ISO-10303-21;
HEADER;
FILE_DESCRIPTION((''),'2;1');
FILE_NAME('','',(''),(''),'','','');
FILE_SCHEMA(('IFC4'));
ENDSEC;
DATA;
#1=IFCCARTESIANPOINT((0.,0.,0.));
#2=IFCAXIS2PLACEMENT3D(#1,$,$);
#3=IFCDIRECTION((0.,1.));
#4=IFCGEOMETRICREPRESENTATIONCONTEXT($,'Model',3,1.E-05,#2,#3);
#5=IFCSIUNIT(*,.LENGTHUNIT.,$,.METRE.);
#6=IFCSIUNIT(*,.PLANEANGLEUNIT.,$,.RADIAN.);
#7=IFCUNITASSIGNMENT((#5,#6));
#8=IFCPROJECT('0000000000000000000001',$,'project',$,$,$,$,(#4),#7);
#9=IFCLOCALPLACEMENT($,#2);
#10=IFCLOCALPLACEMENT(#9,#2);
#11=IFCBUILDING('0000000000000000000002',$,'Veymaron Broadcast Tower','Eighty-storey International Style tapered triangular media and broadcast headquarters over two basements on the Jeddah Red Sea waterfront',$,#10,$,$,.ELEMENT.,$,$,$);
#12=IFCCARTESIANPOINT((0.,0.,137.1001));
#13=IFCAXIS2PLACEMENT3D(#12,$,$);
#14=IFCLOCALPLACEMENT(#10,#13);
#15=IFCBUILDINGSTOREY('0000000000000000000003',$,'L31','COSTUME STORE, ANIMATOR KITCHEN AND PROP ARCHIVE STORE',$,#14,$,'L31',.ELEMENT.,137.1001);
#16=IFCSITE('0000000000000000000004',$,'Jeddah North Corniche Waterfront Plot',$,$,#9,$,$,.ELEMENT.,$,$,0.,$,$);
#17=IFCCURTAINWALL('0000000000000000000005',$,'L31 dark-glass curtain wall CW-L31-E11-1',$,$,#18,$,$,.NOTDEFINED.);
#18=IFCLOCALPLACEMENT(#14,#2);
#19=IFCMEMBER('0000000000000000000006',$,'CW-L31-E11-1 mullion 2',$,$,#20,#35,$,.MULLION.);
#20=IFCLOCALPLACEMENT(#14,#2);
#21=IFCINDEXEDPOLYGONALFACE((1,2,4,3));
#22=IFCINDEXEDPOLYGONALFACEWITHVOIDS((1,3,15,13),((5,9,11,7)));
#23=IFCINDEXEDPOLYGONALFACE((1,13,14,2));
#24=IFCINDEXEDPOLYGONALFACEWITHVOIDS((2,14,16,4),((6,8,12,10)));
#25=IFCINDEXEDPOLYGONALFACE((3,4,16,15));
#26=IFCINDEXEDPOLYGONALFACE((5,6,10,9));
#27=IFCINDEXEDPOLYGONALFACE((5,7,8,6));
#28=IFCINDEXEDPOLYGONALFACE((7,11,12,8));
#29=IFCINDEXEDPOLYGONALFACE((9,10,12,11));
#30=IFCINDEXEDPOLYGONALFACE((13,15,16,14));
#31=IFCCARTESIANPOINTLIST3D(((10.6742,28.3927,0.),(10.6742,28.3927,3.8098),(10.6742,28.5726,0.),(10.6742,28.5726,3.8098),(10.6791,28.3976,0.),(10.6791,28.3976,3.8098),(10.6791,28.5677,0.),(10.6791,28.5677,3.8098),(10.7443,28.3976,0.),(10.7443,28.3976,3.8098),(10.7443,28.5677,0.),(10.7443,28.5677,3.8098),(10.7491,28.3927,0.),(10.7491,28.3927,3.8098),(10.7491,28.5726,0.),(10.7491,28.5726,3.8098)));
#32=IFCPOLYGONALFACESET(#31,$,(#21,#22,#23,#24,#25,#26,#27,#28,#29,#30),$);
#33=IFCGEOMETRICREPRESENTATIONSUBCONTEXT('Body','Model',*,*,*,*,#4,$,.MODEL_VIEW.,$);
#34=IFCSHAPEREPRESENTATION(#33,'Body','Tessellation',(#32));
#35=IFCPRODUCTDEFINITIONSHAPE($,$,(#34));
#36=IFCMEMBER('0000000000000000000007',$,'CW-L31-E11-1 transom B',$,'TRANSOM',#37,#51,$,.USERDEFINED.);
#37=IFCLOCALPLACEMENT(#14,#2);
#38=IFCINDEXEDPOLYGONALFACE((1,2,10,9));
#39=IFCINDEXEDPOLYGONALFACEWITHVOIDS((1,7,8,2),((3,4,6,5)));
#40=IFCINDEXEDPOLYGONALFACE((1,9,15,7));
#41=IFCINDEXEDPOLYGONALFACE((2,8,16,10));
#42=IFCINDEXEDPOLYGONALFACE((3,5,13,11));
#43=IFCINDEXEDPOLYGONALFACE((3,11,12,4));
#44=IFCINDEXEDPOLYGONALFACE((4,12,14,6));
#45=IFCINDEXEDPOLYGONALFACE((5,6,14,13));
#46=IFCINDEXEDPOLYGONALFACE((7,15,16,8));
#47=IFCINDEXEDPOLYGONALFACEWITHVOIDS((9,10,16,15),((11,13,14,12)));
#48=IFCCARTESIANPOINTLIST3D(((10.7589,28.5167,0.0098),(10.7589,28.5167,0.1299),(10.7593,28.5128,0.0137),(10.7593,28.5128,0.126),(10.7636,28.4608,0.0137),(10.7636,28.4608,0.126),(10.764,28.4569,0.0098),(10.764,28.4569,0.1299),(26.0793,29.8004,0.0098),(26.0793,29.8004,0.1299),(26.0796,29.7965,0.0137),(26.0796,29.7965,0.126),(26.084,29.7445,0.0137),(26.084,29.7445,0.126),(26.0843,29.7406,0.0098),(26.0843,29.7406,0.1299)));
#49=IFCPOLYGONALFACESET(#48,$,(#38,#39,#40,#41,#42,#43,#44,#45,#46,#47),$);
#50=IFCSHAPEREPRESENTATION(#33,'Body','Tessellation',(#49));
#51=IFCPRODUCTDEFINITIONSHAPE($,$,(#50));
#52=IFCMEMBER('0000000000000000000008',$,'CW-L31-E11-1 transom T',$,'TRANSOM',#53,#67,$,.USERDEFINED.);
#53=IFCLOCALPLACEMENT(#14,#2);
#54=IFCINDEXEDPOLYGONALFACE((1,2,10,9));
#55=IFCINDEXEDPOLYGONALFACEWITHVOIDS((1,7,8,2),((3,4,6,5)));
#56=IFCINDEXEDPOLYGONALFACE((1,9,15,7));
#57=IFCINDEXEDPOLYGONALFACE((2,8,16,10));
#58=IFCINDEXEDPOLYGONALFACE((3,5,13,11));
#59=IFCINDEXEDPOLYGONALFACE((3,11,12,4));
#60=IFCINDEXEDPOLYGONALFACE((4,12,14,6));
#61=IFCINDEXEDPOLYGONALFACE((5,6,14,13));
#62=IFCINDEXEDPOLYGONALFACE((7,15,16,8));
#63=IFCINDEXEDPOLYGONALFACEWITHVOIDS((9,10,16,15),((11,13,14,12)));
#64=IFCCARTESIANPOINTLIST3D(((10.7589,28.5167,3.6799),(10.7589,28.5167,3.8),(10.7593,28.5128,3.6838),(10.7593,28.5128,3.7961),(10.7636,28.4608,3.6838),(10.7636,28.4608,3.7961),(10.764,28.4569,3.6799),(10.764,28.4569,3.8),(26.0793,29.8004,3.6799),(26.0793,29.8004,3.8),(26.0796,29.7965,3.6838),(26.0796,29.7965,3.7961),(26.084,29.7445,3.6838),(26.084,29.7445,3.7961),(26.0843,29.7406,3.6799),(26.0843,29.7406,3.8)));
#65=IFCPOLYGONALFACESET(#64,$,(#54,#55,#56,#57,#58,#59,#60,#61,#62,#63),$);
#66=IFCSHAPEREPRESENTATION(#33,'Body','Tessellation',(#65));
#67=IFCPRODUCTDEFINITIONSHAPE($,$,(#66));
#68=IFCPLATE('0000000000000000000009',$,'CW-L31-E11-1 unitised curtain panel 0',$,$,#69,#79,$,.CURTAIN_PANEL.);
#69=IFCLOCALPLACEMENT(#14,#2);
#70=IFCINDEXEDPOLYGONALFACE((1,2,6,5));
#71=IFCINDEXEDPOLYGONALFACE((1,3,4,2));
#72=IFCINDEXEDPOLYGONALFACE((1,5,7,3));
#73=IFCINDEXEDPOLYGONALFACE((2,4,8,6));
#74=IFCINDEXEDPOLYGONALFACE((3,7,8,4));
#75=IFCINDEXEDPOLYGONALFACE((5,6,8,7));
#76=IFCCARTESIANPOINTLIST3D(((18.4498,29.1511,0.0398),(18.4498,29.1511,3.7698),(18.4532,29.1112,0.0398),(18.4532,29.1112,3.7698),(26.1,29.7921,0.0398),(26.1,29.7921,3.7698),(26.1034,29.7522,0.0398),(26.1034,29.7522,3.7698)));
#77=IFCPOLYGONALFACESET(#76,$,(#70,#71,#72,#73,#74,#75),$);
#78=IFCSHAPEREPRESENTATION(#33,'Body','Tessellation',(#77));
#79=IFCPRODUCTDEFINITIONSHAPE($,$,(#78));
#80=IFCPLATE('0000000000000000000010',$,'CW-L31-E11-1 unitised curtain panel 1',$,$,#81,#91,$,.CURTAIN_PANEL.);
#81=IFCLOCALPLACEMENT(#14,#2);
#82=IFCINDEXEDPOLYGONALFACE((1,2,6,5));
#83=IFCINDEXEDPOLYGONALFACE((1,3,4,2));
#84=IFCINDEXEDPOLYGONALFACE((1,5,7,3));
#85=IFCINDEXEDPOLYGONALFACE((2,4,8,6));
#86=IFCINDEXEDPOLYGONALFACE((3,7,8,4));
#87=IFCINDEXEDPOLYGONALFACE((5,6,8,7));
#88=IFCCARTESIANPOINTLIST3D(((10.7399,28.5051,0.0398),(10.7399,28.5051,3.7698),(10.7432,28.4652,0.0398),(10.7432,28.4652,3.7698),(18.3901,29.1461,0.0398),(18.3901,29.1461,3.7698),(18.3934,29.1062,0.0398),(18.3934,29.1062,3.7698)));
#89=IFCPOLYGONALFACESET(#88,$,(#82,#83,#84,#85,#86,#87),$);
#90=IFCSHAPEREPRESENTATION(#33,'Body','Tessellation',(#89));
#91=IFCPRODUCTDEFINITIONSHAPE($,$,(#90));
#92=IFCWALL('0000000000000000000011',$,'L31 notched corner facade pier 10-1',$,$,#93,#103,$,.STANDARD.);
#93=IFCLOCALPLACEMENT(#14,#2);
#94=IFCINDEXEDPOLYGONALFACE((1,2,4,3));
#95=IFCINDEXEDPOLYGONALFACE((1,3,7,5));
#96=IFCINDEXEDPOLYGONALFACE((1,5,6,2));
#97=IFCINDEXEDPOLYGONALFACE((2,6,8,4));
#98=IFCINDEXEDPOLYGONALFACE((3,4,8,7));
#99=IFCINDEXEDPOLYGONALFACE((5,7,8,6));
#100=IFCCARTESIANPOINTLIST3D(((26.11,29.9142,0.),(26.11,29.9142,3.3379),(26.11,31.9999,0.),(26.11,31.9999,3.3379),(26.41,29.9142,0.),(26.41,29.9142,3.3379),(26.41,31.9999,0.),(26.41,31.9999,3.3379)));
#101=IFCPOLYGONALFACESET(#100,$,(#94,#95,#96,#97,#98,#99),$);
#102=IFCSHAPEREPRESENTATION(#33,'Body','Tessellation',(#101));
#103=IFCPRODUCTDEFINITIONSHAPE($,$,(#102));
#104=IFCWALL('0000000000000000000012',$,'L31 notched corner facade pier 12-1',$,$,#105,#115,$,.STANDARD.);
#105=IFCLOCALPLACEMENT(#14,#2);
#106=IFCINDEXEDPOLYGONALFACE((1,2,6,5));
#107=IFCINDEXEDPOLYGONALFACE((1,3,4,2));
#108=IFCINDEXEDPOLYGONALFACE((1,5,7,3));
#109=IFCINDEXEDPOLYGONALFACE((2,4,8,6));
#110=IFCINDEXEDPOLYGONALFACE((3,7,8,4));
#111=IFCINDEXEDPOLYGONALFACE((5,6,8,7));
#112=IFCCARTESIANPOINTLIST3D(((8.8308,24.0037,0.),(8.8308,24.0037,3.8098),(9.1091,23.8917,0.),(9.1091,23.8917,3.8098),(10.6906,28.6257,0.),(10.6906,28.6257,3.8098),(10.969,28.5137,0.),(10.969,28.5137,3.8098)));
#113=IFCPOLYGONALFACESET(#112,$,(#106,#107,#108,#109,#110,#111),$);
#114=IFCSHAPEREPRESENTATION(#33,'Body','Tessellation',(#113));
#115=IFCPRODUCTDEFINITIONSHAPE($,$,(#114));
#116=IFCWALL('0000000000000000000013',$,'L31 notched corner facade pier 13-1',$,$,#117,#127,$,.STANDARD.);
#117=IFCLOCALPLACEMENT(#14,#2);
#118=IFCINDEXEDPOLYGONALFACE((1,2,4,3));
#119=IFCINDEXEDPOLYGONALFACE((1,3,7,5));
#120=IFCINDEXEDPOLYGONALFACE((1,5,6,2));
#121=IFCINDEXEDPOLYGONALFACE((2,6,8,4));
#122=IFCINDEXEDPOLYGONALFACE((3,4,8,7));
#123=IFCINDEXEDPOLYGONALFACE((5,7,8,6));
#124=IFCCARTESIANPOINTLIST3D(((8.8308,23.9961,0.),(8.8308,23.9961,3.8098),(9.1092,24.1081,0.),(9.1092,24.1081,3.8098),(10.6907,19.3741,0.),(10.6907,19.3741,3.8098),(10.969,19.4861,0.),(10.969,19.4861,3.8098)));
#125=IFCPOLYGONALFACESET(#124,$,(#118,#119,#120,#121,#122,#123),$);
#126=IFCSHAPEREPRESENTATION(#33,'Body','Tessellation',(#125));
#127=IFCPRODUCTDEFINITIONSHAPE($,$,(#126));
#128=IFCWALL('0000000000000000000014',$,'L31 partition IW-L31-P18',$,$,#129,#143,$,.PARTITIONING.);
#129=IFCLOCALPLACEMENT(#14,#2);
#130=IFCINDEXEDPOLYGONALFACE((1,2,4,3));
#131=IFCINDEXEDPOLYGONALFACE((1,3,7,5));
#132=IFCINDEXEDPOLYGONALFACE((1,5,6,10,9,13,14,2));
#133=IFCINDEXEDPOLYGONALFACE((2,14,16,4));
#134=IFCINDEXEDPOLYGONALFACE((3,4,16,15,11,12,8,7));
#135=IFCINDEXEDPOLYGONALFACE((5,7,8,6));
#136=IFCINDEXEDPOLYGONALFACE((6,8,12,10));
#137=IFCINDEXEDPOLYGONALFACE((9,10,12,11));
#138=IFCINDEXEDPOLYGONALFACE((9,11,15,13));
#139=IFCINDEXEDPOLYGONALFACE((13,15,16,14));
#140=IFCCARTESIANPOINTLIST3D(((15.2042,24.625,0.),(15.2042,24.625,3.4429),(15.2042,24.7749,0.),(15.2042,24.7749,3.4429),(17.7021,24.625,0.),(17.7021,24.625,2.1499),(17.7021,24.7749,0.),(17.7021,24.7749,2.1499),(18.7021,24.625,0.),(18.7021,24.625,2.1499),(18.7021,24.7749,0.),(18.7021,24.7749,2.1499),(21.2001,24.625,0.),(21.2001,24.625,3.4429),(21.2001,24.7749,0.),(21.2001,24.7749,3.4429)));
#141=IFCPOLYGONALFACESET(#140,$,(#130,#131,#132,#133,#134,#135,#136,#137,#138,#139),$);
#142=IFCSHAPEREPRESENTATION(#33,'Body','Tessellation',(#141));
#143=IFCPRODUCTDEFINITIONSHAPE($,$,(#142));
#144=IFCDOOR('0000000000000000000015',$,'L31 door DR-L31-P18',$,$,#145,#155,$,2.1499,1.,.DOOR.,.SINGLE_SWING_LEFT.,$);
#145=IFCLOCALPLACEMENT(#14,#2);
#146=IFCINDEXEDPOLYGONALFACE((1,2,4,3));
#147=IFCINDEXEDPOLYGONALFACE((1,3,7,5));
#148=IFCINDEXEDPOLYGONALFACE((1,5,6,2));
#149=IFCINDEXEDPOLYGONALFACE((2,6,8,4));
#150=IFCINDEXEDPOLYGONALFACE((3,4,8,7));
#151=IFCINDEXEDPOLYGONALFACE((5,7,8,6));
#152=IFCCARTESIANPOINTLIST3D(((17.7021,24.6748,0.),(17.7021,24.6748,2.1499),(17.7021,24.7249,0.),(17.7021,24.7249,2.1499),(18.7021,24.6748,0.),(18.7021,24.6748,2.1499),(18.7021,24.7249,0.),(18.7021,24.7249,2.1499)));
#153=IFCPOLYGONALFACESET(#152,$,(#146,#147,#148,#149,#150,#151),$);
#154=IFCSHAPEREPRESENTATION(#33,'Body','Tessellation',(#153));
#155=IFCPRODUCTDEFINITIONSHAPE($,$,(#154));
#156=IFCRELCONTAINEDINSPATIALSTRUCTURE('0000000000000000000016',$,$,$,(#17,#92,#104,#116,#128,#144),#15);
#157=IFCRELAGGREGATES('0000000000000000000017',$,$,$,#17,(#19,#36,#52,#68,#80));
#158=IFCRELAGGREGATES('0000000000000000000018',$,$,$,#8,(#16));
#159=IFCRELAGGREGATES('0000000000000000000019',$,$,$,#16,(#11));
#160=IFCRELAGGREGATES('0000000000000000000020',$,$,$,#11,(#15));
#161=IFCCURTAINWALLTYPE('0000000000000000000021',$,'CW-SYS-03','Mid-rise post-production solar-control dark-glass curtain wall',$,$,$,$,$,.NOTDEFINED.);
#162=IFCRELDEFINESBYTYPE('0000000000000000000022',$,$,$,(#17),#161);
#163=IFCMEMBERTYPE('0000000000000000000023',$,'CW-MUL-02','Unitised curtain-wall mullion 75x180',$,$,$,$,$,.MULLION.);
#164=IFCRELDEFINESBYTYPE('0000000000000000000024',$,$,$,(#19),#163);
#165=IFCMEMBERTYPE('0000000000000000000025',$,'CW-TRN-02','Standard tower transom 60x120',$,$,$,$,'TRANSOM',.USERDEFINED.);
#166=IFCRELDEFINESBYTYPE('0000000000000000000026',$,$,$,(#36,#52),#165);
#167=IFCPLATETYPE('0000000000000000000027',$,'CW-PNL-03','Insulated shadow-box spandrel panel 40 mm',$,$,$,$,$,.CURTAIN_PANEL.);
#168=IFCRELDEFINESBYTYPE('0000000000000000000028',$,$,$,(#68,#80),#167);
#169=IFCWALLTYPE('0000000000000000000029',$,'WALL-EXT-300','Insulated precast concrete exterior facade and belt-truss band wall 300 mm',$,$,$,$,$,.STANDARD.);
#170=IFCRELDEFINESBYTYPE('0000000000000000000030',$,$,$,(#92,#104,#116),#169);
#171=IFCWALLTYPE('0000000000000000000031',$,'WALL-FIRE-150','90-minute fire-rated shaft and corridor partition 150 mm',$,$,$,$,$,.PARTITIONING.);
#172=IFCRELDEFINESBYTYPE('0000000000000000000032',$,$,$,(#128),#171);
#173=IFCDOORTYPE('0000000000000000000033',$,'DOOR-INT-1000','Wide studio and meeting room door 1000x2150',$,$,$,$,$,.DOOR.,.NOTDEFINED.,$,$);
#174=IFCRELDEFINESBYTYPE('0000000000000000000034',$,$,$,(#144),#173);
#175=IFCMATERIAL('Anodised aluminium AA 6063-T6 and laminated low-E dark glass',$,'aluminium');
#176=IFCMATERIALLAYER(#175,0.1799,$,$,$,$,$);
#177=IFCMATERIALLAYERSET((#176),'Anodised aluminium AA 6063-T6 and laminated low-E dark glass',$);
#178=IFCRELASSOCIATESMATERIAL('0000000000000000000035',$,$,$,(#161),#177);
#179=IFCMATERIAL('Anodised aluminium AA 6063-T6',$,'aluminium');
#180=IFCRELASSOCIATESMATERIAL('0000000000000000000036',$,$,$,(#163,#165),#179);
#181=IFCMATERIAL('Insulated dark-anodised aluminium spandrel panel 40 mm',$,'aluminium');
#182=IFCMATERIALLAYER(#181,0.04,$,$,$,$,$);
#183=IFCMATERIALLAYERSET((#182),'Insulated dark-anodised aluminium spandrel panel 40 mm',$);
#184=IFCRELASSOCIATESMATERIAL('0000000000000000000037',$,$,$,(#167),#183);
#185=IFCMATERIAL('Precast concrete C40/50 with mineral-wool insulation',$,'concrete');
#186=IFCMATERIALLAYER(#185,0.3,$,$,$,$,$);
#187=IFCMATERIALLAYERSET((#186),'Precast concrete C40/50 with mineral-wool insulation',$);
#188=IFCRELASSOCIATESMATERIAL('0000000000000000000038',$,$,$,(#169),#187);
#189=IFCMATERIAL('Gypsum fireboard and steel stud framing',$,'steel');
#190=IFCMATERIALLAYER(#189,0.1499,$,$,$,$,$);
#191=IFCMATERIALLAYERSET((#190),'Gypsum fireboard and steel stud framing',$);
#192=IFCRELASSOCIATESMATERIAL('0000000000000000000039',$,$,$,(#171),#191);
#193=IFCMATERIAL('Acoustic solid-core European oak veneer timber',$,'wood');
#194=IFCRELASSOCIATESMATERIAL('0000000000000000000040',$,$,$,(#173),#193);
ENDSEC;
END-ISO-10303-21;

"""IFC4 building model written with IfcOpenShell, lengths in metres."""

from ifc_helpers import new_model, si_unit, direction, frame, frame_2d, origin, origin_2d, place, context, subcontext, project, spatial, rectangle, hollow_rectangle, extrude, material, layer, layer_set, material_profile, profile_set, type_object, element, fill, aggregate, save


model = new_model("IFC4")

# Units and contexts
model_context = context("Model", 3, precision=1e-05, world=origin(), true_north=direction((0.0, 1.0)))
body_context = subcontext(model_context, "Body", "Model", "MODEL_VIEW")
ifc_project = project(units=[si_unit("LENGTHUNIT", "METRE"), si_unit("PLANEANGLEUNIT", "RADIAN")], contexts=[model_context])

# Site, building, storey
site_placement = place(None, origin())
site = spatial("IfcSite", under=ifc_project, at=site_placement, Name="Jeddah North Corniche Waterfront Plot", CompositionType="ELEMENT", RefElevation=0.0)
building_placement = place(site_placement, origin())
building = spatial("IfcBuilding", under=site, at=building_placement, Name="Veymaron Broadcast Tower", Description="Eighty-storey International Style tapered triangular media and broadcast headquarters over two basements on the Jeddah Red Sea waterfront", CompositionType="ELEMENT")
storey_placement = place(building_placement, frame((0.0, 0.0, 137.1001)))
storey = spatial("IfcBuildingStorey", under=building, at=storey_placement, Name="L31", Description="COSTUME STORE, ANIMATOR KITCHEN AND PROP ARCHIVE STORE", LongName="L31", CompositionType="ELEMENT", Elevation=137.1001)

# Curtain wall, members, plates
ifc_material_1 = material(Name="Anodised aluminium AA 6063-T6 and laminated low-E dark glass", Category="aluminium")
ifc_layer_1 = layer(ifc_material_1, 0.1799)
ifc_layer_set_1 = layer_set([ifc_layer_1], Name="Anodised aluminium AA 6063-T6 and laminated low-E dark glass")
curtain_wall_type = type_object("IfcCurtainWallType", Name="CW-SYS-03", Description="Mid-rise post-production solar-control dark-glass curtain wall", PredefinedType="NOTDEFINED", material=ifc_layer_set_1)
curtain_wall_placement = place(storey_placement, origin())
curtain_wall = element("IfcCurtainWall", 1, at=curtain_wall_placement, inside=storey, type_object=curtain_wall_type, Name="L31 dark-glass curtain wall CW-L31-E11-1", PredefinedType="NOTDEFINED")
ifc_material_2 = material(Name="Anodised aluminium AA 6063-T6", Category="aluminium")
ifc_material_profile_1 = material_profile(ifc_material_2, hollow_rectangle(XDim=0.075, YDim=0.1799, WallThickness=0.0049, at=origin_2d()), Name="AL180X75X5")
ifc_profile_set_1 = profile_set([ifc_material_profile_1], Name="Anodised aluminium AA 6063-T6")
member_type_1 = type_object("IfcMemberType", Name="CW-MUL-02", Description="Unitised curtain-wall mullion 75x180", PredefinedType="MULLION", material=ifc_profile_set_1)
member_1_placement = place(storey_placement, frame((10.7117, 28.4827, 0.0), z_axis=(0.0, 0.0, 1.0), x_axis=(1.0, 0.0, 0.0)))
member_1 = element("IfcMember", 2, at=member_1_placement, type_object=member_type_1, Name="CW-L31-E11-1 mullion 2", PredefinedType="MULLION", context=body_context, shape_type="SweptSolid", body=[
    extrude(hollow_rectangle(XDim=0.075, YDim=0.1799, WallThickness=0.0049, at=origin_2d()), origin(), (0.0, 0.0, 1.0), 3.8098),
])
ifc_material_profile_2 = material_profile(ifc_material_2, hollow_rectangle(XDim=0.0601, YDim=0.1201, WallThickness=0.0039, at=origin_2d()), Name="AL120X60X4")
ifc_profile_set_2 = profile_set([ifc_material_profile_2], Name="Anodised aluminium AA 6063-T6")
member_type_2 = type_object("IfcMemberType", Name="CW-TRN-02", Description="Standard tower transom 60x120", ElementType="TRANSOM", PredefinedType="USERDEFINED", material=ifc_profile_set_2)
member_2_placement = place(storey_placement, frame((26.0818, 29.7705, 0.0698), z_axis=(-0.996508, -0.083498, 0.0), x_axis=(0.083498, -0.996508, 0.0)))
member_2 = element("IfcMember", 3, at=member_2_placement, type_object=member_type_2, Name="CW-L31-E11-1 transom B", ObjectType="TRANSOM", PredefinedType="USERDEFINED", context=body_context, shape_type="SweptSolid", body=[
    extrude(hollow_rectangle(XDim=0.0601, YDim=0.1201, WallThickness=0.0039, at=origin_2d()), origin(), (0.0, 0.0, 1.0), 15.374),
])
member_3_placement = place(storey_placement, frame((26.0818, 29.7705, 3.74), z_axis=(-0.996508, -0.083498, 0.0), x_axis=(0.083498, -0.996508, 0.0)))
member_3 = element("IfcMember", 4, at=member_3_placement, type_object=member_type_2, Name="CW-L31-E11-1 transom T", ObjectType="TRANSOM", PredefinedType="USERDEFINED", context=body_context, shape_type="SweptSolid", body=[
    extrude(hollow_rectangle(XDim=0.0601, YDim=0.1201, WallThickness=0.0039, at=origin_2d()), origin(), (0.0, 0.0, 1.0), 15.374),
])
ifc_material_3 = material(Name="Insulated dark-anodised aluminium spandrel panel 40 mm", Category="aluminium")
ifc_layer_2 = layer(ifc_material_3, 0.04)
ifc_layer_set_2 = layer_set([ifc_layer_2], Name="Insulated dark-anodised aluminium spandrel panel 40 mm")
plate_type = type_object("IfcPlateType", Name="CW-PNL-03", Description="Insulated shadow-box spandrel panel 40 mm", PredefinedType="CURTAIN_PANEL", material=ifc_layer_set_2)
plate_1_placement = place(storey_placement, frame((22.2766, 29.4517, 0.0398), z_axis=(0.0, 0.0, 1.0), x_axis=(-0.996507, -0.083504, 0.0)))
plate_1 = element("IfcPlate", 5, at=plate_1_placement, type_object=plate_type, Name="CW-L31-E11-1 unitised curtain panel 0", PredefinedType="CURTAIN_PANEL", context=body_context, shape_type="SweptSolid", body=[
    extrude(rectangle(XDim=7.677, YDim=0.04, at=origin_2d()), origin(), (0.0, 0.0, 1.0), 3.73),
])
plate_2_placement = place(storey_placement, frame((14.5667, 28.8057, 0.0398), z_axis=(0.0, 0.0, 1.0), x_axis=(-0.996507, -0.083504, 0.0)))
plate_2 = element("IfcPlate", 6, at=plate_2_placement, type_object=plate_type, Name="CW-L31-E11-1 unitised curtain panel 1", PredefinedType="CURTAIN_PANEL", context=body_context, shape_type="SweptSolid", body=[
    extrude(rectangle(XDim=7.677, YDim=0.04, at=origin_2d()), origin(), (0.0, 0.0, 1.0), 3.73),
])
aggregate(curtain_wall, [member_1, member_2, member_3, plate_1, plate_2])

# Walls
ifc_material_4 = material(Name="Precast concrete C40/50 with mineral-wool insulation", Category="concrete")
ifc_layer_3 = layer(ifc_material_4, 0.3)
ifc_layer_set_3 = layer_set([ifc_layer_3], Name="Precast concrete C40/50 with mineral-wool insulation")
wall_type_1 = type_object("IfcWallType", Name="WALL-EXT-300", Description="Insulated precast concrete exterior facade and belt-truss band wall 300 mm", PredefinedType="STANDARD", material=ifc_layer_set_3)
wall_1_placement = place(storey_placement, frame((26.26, 32.0, 0.0), z_axis=(0.0, 0.0, 1.0), x_axis=(0.0, -1.0, 0.0)))
element("IfcWall", 7, at=wall_1_placement, inside=storey, type_object=wall_type_1, Name="L31 notched corner facade pier 10-1", PredefinedType="STANDARD", context=body_context, shape_type="SweptSolid", body=[
    extrude(rectangle(XDim=2.0857, YDim=0.3, at=frame_2d((1.043, 0.0))), origin(), (0.0, 0.0, 1.0), 3.3379),
])
for number, where, z_axis, x_axis, name in (
    (8, (10.8298, 28.5698, 0.0), (0.0, 0.0, 1.0), (-0.373299, -0.927711, 0.0), "L31 notched corner facade pier 12-1"),
    (9, (8.97, 24.0522, 0.0), (0.0, 0.0, 1.0), (0.373299, -0.927711, 0.0), "L31 notched corner facade pier 13-1"),
):
    element("IfcWall", number, at=place(storey_placement, frame(where, z_axis=z_axis, x_axis=x_axis)), inside=storey, type_object=wall_type_1, Name=name, PredefinedType="STANDARD", context=body_context, shape_type="SweptSolid", body=[
        extrude(rectangle(XDim=4.9822, YDim=0.3, at=frame_2d((2.4912, 0.0))), origin(), (0.0, 0.0, 1.0), 3.8098),
    ])

# Wall, opening, door
ifc_material_5 = material(Name="Gypsum fireboard and steel stud framing", Category="steel")
ifc_layer_4 = layer(ifc_material_5, 0.1499)
ifc_layer_set_4 = layer_set([ifc_layer_4], Name="Gypsum fireboard and steel stud framing")
wall_type_2 = type_object("IfcWallType", Name="WALL-FIRE-150", Description="90-minute fire-rated shaft and corridor partition 150 mm", PredefinedType="PARTITIONING", material=ifc_layer_set_4)
wall_2_placement = place(storey_placement, frame((15.2041, 24.7, 0.0), z_axis=(0.0, 0.0, 1.0), x_axis=(1.0, 0.0, 0.0)))
wall_2 = element("IfcWall", 10, at=wall_2_placement, inside=storey, type_object=wall_type_2, Name="L31 partition IW-L31-P18", PredefinedType="PARTITIONING", context=body_context, shape_type="SweptSolid", body=[
    extrude(rectangle(XDim=5.9958, YDim=0.1499, at=frame_2d((2.998, 0.0))), origin(), (0.0, 0.0, 1.0), 3.4429),
])
opening_1_placement = place(wall_2_placement, frame((2.498, 0.0, 0.0)))
opening_1 = element("IfcOpeningElement", 11, at=opening_1_placement, cuts=wall_2, PredefinedType="OPENING", context=body_context, shape_type="SweptSolid", body=[
    extrude(rectangle(XDim=1.0, YDim=2.1499, at=frame_2d((0.5, 1.075))), frame((0.0, 0.085, 0.0), z_axis=(0.0, -1.0, 0.0), x_axis=(1.0, 0.0, 0.0)), (0.0, 0.0, 1.0), 0.1699),
])
ifc_material_6 = material(Name="Acoustic solid-core European oak veneer timber", Category="wood")
door_type = type_object("IfcDoorType", Name="DOOR-INT-1000", Description="Wide studio and meeting room door 1000x2150", OperationType="NOTDEFINED", PredefinedType="DOOR", material=ifc_material_6)
door_1_placement = place(opening_1_placement, origin())
door_1 = element("IfcDoor", 12, at=door_1_placement, inside=storey, type_object=door_type, Name="L31 door DR-L31-P18", OperationType="SINGLE_SWING_LEFT", OverallHeight=2.1499, OverallWidth=1.0, PredefinedType="DOOR", context=body_context, shape_type="SweptSolid", body=[
    extrude(rectangle(XDim=1.0, YDim=2.1499, at=frame_2d((0.5, 1.075))), frame((0.0, 0.0249, 0.0), z_axis=(0.0, -1.0, 0.0), x_axis=(1.0, 0.0, 0.0)), (0.0, 0.0, 1.0), 0.05),
])
fill(opening_1, door_1)

save(model, "model.ifc")
